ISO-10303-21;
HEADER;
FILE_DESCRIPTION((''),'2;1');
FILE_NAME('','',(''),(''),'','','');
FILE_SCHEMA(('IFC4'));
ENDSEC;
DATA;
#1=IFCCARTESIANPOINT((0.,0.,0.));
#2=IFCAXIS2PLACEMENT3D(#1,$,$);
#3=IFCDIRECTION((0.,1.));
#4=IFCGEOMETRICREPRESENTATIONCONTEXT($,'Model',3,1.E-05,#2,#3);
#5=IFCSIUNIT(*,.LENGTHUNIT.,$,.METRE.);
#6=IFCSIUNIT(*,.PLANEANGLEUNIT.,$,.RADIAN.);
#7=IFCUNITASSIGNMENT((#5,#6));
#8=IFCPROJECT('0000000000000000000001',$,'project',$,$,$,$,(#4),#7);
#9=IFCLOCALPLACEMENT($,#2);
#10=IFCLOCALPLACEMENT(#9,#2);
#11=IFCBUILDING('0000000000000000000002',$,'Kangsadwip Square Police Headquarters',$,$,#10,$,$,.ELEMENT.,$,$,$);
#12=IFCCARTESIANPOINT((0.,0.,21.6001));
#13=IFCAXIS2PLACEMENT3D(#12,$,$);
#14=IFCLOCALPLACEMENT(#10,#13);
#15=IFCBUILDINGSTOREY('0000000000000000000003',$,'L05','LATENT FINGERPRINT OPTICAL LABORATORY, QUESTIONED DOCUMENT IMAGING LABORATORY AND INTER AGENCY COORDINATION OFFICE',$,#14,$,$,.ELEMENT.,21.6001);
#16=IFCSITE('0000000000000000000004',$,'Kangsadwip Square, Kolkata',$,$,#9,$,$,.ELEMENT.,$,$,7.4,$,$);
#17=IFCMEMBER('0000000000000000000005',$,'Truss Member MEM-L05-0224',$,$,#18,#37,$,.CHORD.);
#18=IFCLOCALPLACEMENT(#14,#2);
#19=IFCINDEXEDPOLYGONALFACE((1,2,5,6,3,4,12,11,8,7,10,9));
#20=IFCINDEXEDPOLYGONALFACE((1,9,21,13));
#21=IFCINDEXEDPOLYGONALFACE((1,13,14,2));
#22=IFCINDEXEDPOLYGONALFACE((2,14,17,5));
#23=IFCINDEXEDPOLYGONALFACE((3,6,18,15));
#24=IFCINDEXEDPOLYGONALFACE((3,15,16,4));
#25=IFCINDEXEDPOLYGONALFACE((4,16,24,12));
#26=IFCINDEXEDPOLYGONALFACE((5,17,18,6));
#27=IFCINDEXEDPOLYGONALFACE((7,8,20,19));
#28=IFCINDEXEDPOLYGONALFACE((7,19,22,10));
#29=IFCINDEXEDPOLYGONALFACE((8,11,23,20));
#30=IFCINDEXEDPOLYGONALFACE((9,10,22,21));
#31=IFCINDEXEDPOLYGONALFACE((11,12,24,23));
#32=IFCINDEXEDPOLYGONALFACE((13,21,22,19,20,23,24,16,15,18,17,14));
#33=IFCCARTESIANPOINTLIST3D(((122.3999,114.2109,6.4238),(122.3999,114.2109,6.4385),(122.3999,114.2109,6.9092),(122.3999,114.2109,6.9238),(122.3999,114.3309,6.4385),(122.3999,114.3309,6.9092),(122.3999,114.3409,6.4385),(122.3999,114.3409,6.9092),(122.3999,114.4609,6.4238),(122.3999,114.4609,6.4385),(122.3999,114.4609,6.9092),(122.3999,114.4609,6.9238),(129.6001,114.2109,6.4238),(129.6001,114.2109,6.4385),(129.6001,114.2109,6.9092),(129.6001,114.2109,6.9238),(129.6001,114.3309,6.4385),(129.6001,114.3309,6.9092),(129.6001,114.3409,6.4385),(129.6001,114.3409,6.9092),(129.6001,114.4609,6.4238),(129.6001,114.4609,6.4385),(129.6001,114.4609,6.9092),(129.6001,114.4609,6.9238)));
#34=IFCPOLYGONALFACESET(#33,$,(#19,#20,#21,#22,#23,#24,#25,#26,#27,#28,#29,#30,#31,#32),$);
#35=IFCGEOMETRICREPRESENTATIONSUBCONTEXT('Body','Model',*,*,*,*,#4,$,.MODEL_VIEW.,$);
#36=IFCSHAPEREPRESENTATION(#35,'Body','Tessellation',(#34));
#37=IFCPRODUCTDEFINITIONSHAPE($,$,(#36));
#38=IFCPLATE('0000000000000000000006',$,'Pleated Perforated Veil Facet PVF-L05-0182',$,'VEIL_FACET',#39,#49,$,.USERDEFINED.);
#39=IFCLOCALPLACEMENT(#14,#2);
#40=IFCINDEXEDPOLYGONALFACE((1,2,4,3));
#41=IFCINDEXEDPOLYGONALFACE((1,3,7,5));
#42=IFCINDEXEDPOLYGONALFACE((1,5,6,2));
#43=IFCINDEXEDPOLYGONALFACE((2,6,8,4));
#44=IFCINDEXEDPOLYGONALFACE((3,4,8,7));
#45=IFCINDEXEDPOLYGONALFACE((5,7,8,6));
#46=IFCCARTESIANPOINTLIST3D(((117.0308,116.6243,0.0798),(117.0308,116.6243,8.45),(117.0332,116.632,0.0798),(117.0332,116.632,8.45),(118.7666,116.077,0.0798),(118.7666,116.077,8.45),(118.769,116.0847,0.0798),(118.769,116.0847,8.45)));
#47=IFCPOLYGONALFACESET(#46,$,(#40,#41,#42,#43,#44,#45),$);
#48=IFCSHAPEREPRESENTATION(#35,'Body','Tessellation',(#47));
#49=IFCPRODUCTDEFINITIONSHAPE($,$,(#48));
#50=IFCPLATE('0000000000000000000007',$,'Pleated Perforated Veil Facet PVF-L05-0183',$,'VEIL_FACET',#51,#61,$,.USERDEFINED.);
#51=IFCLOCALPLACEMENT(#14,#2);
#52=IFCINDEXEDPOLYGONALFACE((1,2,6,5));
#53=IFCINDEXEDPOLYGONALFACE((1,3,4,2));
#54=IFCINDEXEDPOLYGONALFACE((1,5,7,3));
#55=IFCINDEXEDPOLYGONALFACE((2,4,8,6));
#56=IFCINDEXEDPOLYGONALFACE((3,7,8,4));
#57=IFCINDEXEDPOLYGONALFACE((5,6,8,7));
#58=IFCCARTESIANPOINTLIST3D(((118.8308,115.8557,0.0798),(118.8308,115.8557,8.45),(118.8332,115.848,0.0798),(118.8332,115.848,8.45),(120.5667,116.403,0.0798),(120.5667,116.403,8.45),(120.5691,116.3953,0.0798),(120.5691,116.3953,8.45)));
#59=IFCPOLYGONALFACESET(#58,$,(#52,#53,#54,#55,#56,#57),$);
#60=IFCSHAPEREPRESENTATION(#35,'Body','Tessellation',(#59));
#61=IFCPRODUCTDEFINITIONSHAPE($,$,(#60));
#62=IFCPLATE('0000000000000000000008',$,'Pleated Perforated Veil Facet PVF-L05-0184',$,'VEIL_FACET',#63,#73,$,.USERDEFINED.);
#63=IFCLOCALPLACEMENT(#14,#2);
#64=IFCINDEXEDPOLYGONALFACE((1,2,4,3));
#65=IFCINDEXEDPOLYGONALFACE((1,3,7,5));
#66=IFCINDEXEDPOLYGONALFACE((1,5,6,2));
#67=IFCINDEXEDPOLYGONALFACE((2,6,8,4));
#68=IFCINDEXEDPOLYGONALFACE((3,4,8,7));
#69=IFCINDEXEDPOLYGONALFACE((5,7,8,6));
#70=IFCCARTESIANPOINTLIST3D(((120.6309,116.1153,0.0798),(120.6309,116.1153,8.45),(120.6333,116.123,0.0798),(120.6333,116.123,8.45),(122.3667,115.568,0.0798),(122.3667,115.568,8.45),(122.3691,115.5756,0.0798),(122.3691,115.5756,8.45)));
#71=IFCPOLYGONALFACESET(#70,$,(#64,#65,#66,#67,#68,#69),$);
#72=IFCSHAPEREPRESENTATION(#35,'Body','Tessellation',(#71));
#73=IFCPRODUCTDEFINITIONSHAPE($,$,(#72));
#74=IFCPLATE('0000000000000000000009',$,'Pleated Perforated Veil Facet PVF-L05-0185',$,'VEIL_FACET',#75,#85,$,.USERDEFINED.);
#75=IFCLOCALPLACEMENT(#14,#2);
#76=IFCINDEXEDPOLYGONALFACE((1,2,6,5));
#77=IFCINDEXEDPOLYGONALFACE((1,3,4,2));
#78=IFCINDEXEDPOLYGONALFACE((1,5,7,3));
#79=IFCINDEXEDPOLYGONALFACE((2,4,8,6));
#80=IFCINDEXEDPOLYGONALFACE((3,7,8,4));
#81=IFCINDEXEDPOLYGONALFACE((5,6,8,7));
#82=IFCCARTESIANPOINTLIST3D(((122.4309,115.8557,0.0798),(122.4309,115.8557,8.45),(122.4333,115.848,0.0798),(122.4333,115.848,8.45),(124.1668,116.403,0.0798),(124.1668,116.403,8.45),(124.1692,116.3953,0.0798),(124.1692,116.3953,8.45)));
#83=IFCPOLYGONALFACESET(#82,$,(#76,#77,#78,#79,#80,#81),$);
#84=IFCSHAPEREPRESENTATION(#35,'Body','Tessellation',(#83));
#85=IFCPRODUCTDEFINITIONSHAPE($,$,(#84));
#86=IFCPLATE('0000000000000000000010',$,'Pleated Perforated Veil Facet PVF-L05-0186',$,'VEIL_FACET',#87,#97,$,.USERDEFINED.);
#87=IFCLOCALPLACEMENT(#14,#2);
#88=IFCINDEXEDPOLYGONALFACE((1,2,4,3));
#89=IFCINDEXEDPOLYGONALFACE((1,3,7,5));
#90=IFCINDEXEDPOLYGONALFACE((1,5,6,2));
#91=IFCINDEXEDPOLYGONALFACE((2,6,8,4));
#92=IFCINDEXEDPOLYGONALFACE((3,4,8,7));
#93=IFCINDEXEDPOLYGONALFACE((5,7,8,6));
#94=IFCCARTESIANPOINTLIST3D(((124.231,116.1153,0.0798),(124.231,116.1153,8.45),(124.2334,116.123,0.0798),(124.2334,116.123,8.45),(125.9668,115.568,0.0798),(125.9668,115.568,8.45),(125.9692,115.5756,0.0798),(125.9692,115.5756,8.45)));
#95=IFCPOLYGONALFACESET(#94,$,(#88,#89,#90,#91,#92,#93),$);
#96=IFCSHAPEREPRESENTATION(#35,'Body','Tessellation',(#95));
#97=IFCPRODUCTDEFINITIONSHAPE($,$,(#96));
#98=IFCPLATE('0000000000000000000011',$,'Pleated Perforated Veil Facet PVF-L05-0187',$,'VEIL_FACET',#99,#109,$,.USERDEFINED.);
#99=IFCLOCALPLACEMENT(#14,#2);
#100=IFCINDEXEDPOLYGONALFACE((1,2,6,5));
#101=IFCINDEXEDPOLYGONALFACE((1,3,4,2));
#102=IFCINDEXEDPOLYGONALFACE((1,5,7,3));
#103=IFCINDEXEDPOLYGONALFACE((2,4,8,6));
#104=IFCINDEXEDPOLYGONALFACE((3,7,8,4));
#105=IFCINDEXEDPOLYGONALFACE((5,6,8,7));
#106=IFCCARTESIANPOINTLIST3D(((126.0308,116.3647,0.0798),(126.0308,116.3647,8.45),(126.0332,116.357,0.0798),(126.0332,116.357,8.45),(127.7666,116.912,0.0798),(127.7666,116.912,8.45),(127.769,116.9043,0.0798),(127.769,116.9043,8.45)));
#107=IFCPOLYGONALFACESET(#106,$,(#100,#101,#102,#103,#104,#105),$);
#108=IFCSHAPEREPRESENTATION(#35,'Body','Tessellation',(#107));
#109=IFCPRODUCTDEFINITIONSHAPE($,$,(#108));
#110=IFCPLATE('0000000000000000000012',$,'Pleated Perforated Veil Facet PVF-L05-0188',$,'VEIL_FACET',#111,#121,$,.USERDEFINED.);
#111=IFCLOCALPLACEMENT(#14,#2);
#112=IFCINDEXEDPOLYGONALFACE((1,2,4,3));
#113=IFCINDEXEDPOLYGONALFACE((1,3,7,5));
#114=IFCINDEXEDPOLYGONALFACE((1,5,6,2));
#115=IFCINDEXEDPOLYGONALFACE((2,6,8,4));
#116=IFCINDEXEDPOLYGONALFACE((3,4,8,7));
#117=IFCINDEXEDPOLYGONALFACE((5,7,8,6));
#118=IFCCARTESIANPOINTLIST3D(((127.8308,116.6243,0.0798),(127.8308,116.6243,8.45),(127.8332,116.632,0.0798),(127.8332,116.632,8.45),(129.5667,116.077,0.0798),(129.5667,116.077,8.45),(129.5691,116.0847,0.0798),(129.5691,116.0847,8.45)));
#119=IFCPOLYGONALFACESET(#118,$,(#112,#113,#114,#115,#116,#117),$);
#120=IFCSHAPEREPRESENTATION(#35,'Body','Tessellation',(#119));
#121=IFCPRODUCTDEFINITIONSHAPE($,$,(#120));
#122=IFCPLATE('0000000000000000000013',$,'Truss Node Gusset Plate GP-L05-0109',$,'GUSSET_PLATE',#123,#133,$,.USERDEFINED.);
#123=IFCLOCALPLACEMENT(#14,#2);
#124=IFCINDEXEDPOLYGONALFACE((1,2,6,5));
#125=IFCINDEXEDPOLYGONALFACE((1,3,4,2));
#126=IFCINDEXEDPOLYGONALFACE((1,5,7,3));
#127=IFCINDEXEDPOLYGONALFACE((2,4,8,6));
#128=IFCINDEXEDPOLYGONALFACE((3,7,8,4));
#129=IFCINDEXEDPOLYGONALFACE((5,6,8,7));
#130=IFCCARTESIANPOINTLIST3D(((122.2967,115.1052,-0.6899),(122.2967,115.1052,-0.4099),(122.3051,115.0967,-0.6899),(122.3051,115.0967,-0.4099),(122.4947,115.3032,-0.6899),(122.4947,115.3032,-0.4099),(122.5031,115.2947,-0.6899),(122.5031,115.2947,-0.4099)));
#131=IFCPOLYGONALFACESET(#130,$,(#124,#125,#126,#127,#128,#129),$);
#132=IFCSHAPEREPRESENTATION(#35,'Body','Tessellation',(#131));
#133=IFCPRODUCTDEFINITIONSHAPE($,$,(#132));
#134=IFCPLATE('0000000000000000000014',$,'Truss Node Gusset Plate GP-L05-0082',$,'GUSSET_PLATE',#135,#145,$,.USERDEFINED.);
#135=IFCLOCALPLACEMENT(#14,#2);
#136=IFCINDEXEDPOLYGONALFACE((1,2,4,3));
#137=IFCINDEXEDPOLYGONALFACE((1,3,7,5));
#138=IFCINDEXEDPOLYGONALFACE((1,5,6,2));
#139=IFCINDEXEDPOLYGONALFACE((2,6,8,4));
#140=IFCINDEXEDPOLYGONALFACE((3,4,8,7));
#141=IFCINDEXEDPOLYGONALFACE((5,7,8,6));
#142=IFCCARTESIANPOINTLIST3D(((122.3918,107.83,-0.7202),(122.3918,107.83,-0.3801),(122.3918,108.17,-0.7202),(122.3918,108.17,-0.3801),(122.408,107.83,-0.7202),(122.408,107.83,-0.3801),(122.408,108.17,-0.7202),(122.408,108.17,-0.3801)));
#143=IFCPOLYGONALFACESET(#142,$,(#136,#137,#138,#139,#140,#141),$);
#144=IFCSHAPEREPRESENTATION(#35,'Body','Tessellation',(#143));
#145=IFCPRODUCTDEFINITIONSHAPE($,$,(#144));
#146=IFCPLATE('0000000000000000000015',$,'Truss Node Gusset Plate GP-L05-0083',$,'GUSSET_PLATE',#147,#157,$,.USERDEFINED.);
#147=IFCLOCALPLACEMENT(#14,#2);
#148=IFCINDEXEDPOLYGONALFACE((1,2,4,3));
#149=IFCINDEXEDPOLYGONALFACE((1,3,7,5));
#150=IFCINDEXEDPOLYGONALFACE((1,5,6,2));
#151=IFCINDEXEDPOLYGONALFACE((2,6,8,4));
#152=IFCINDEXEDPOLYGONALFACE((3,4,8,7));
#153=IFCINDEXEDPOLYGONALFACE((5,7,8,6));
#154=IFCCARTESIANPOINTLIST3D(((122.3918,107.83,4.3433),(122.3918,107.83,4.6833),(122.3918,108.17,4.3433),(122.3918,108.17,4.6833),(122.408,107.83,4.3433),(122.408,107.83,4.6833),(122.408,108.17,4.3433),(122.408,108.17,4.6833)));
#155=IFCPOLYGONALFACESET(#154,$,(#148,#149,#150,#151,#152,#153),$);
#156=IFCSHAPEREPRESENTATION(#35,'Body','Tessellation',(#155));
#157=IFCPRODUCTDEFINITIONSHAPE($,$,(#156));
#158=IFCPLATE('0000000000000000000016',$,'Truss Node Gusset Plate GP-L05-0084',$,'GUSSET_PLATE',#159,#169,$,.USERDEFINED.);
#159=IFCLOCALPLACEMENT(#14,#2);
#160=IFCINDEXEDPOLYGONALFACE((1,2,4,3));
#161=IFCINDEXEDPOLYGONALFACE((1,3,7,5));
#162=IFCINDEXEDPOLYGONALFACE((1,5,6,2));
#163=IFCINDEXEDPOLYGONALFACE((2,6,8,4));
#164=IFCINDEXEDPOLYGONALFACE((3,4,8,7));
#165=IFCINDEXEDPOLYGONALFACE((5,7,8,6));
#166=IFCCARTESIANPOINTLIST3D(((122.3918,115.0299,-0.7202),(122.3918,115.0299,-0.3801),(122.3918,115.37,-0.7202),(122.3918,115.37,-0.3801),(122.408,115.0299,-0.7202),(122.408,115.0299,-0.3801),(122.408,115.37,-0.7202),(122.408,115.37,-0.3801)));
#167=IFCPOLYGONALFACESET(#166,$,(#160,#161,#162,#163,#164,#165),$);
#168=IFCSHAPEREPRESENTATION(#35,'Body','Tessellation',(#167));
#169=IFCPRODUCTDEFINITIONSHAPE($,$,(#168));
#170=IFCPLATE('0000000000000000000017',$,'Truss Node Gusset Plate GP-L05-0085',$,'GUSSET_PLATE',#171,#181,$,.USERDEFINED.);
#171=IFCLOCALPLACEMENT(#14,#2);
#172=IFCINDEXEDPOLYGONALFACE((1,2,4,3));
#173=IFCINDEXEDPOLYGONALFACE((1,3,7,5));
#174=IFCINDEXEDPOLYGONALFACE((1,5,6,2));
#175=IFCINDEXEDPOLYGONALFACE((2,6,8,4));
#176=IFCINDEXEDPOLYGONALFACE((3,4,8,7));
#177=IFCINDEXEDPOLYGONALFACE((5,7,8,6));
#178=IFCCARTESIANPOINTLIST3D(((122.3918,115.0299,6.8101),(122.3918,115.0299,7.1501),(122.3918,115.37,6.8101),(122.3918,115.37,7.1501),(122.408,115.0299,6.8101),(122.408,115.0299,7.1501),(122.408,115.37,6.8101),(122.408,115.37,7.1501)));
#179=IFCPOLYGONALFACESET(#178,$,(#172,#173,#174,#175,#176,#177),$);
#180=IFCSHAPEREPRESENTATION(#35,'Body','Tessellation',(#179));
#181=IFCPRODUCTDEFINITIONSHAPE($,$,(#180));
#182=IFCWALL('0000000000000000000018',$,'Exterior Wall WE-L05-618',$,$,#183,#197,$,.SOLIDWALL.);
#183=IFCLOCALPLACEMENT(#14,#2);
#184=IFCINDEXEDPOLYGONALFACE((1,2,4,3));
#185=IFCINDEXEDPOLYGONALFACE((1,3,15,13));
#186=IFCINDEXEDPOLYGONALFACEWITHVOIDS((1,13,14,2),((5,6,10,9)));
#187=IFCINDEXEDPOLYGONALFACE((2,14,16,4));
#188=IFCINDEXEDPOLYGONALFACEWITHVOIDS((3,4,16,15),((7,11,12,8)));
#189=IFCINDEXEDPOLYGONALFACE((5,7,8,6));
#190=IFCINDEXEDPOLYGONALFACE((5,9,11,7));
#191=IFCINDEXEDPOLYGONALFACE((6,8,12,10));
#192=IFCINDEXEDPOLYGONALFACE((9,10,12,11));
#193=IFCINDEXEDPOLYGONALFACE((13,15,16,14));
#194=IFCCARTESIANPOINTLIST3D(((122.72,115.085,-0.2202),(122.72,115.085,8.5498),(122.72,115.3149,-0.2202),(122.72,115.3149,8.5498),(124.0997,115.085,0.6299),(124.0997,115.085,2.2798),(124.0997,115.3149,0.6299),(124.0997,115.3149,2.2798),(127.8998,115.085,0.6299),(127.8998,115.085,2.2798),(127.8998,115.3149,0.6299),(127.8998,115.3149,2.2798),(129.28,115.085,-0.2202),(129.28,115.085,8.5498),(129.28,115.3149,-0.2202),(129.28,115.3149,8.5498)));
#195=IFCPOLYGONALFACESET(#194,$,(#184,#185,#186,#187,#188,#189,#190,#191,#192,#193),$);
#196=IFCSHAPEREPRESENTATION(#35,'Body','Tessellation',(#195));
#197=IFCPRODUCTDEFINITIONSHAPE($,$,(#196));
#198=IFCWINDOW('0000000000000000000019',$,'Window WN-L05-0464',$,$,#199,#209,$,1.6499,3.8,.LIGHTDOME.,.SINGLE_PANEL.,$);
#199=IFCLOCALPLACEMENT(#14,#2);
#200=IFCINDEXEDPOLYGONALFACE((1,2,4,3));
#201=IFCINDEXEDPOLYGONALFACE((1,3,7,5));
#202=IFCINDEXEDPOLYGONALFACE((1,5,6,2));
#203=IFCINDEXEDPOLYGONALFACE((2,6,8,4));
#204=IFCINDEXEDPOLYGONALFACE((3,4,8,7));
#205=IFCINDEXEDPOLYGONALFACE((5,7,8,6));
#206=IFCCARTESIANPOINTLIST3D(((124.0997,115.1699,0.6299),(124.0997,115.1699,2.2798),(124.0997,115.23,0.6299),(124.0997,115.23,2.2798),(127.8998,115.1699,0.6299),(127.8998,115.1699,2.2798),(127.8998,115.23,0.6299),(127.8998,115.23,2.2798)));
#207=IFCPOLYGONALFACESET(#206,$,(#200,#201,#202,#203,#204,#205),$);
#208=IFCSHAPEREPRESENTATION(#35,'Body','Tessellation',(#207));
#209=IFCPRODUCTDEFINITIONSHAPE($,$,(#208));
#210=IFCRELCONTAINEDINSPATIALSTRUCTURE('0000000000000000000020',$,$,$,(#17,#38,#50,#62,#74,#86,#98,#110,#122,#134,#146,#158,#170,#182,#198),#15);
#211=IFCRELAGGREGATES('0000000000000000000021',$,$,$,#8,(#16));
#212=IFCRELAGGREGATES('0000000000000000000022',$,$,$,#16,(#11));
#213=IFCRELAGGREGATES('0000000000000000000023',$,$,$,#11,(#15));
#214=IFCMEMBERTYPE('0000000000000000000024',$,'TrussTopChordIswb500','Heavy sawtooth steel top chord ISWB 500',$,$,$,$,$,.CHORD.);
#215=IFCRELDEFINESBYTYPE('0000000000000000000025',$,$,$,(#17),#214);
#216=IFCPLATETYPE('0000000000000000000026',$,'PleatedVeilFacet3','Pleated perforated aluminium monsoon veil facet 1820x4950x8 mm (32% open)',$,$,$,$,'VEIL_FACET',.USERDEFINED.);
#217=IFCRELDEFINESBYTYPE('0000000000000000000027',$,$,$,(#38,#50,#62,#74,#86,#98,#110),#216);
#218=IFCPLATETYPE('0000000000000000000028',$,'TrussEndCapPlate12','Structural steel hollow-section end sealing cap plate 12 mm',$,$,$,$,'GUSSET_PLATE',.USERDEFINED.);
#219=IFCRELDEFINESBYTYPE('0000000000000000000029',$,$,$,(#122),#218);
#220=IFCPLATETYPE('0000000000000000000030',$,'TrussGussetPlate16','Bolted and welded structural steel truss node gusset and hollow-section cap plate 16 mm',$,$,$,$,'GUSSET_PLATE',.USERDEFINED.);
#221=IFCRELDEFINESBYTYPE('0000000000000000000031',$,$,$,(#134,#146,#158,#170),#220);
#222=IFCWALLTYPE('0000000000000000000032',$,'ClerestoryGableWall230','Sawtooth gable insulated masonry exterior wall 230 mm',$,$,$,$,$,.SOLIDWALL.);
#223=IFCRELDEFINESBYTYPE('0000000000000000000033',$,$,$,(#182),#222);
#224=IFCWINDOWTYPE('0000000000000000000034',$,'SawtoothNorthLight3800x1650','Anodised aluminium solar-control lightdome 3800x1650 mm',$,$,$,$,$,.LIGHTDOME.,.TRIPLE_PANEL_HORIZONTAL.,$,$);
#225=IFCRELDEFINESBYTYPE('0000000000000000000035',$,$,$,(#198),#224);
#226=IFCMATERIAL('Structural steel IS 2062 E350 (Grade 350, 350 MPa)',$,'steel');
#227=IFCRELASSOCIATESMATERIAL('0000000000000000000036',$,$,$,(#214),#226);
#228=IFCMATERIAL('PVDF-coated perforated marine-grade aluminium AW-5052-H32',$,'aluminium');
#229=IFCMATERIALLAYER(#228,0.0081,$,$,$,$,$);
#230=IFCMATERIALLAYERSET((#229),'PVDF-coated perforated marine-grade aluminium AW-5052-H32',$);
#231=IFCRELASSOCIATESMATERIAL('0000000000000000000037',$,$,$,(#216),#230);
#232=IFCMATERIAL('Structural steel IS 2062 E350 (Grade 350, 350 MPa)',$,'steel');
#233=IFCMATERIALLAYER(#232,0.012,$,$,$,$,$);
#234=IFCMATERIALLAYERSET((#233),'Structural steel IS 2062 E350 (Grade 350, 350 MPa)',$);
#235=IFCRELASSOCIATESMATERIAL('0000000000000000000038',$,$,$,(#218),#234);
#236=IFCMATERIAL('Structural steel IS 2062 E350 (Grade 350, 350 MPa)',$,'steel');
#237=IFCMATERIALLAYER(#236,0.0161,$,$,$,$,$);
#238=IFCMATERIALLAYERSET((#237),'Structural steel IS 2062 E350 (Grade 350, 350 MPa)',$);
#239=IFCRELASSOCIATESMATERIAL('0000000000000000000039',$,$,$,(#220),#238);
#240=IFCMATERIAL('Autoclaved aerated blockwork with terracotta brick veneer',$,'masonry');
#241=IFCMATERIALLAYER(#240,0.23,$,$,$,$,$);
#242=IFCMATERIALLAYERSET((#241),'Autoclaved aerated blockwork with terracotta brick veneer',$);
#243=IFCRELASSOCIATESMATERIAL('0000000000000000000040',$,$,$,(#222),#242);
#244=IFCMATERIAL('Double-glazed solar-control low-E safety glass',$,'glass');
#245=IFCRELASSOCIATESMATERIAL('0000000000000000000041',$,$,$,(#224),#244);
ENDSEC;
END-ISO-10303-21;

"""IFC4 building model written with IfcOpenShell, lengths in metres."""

from ifc_helpers import new_model, si_unit, direction, frame, frame_2d, origin, origin_2d, place, context, subcontext, project, spatial, rectangle, i_section, extrude, material, layer, layer_set, material_profile, profile_set, type_object, element, fill, save


model = new_model("IFC4")

# Units and contexts
model_context = context("Model", 3, precision=1e-05, world=origin(), true_north=direction((0.0, 1.0)))
body_context = subcontext(model_context, "Body", "Model", "MODEL_VIEW")
ifc_project = project(units=[si_unit("LENGTHUNIT", "METRE"), si_unit("PLANEANGLEUNIT", "RADIAN")], contexts=[model_context])

# Site, building, storey
site_placement = place(None, origin())
site = spatial("IfcSite", under=ifc_project, at=site_placement, Name="Kangsadwip Square, Kolkata", CompositionType="ELEMENT", RefElevation=7.4)
building_placement = place(site_placement, origin())
building = spatial("IfcBuilding", under=site, at=building_placement, Name="Kangsadwip Square Police Headquarters", CompositionType="ELEMENT")
storey_placement = place(building_placement, frame((0.0, 0.0, 21.6001)))
storey = spatial("IfcBuildingStorey", under=building, at=storey_placement, Name="L05", Description="LATENT FINGERPRINT OPTICAL LABORATORY, QUESTIONED DOCUMENT IMAGING LABORATORY AND INTER AGENCY COORDINATION OFFICE", CompositionType="ELEMENT", Elevation=21.6001)

# Member
ifc_material_1 = material(Name="Structural steel IS 2062 E350 (Grade 350, 350 MPa)", Category="steel")
ifc_material_profile_1 = material_profile(ifc_material_1, i_section(OverallWidth=0.25, OverallDepth=0.5, WebThickness=0.01, FlangeThickness=0.0146, at=origin_2d()), Name="ISWB 500")
ifc_profile_set_1 = profile_set([ifc_material_profile_1], Name="Structural steel IS 2062 E350 (Grade 350, 350 MPa)")
member_type_1 = type_object("IfcMemberType", Name="TrussTopChordIswb500", Description="Heavy sawtooth steel top chord ISWB 500", PredefinedType="CHORD", material=ifc_profile_set_1)
member_1_placement = place(storey_placement, frame((122.3999, 114.3359, 6.6738), z_axis=(1.0, 0.0, 0.0), x_axis=(0.0, 1.0, 0.0)))
element("IfcMember", 1, at=member_1_placement, inside=storey, type_object=member_type_1, Name="Truss Member MEM-L05-0224", PredefinedType="CHORD", context=body_context, shape_type="SweptSolid", body=[
    extrude(i_section(OverallWidth=0.25, OverallDepth=0.5, WebThickness=0.01, FlangeThickness=0.0146, at=origin_2d()), origin(), (0.0, 0.0, 1.0), 7.2002),
])

# Plates
ifc_material_2 = material(Name="PVDF-coated perforated marine-grade aluminium AW-5052-H32", Category="aluminium")
ifc_layer_1 = layer(ifc_material_2, 0.0081)
ifc_layer_set_1 = layer_set([ifc_layer_1], Name="PVDF-coated perforated marine-grade aluminium AW-5052-H32")
plate_type_1 = type_object("IfcPlateType", Name="PleatedVeilFacet3", Description="Pleated perforated aluminium monsoon veil facet 1820x4950x8 mm (32% open)", ElementType="VEIL_FACET", PredefinedType="USERDEFINED", material=ifc_layer_set_1)
for number, where, z_axis, x_axis, name in (
    (2, (117.8999, 116.3545, 0.0798), (0.0, 0.0, 1.0), (0.953717, -0.300706, 0.0), "Pleated Perforated Veil Facet PVF-L05-0182"),
    (3, (119.7, 116.1255, 0.0798), (0.0, 0.0, 1.0), (0.953717, 0.300706, 0.0), "Pleated Perforated Veil Facet PVF-L05-0183"),
    (4, (121.5, 115.8455, 0.0798), (0.0, 0.0, 1.0), (0.953717, -0.300706, 0.0), "Pleated Perforated Veil Facet PVF-L05-0184"),
    (5, (123.3, 116.1255, 0.0798), (0.0, 0.0, 1.0), (0.953717, 0.300706, 0.0), "Pleated Perforated Veil Facet PVF-L05-0185"),
    (6, (125.1001, 115.8455, 0.0798), (0.0, 0.0, 1.0), (0.953717, -0.300706, 0.0), "Pleated Perforated Veil Facet PVF-L05-0186"),
    (7, (126.8999, 116.6345, 0.0798), (0.0, 0.0, 1.0), (0.953717, 0.300706, 0.0), "Pleated Perforated Veil Facet PVF-L05-0187"),
    (8, (128.7, 116.3545, 0.0798), (0.0, 0.0, 1.0), (0.953717, -0.300706, 0.0), "Pleated Perforated Veil Facet PVF-L05-0188"),
):
    element("IfcPlate", number, at=place(storey_placement, frame(where, z_axis=z_axis, x_axis=x_axis)), inside=storey, type_object=plate_type_1, Name=name, ObjectType="VEIL_FACET", PredefinedType="USERDEFINED", context=body_context, shape_type="SweptSolid", body=[
        extrude(rectangle(XDim=1.8201, YDim=0.0081, at=origin_2d()), origin(), (0.0, 0.0, 1.0), 8.3701),
    ])
ifc_material_3 = material(Name="Structural steel IS 2062 E350 (Grade 350, 350 MPa)", Category="steel")
ifc_layer_2 = layer(ifc_material_3, 0.012)
ifc_layer_set_2 = layer_set([ifc_layer_2], Name="Structural steel IS 2062 E350 (Grade 350, 350 MPa)")
plate_type_2 = type_object("IfcPlateType", Name="TrussEndCapPlate12", Description="Structural steel hollow-section end sealing cap plate 12 mm", ElementType="GUSSET_PLATE", PredefinedType="USERDEFINED", material=ifc_layer_set_2)
plate_placement = place(storey_placement, frame((122.3999, 115.2, -0.6899), z_axis=(0.0, 0.0, 1.0), x_axis=(0.707107, 0.707107, 0.0)))
element("IfcPlate", 9, at=plate_placement, inside=storey, type_object=plate_type_2, Name="Truss Node Gusset Plate GP-L05-0109", ObjectType="GUSSET_PLATE", PredefinedType="USERDEFINED", context=body_context, shape_type="SweptSolid", body=[
    extrude(rectangle(XDim=0.28, YDim=0.012, at=origin_2d()), origin(), (0.0, 0.0, 1.0), 0.28),
])
ifc_material_4 = material(Name="Structural steel IS 2062 E350 (Grade 350, 350 MPa)", Category="steel")
ifc_layer_3 = layer(ifc_material_4, 0.0161)
ifc_layer_set_3 = layer_set([ifc_layer_3], Name="Structural steel IS 2062 E350 (Grade 350, 350 MPa)")
plate_type_3 = type_object("IfcPlateType", Name="TrussGussetPlate16", Description="Bolted and welded structural steel truss node gusset and hollow-section cap plate 16 mm", ElementType="GUSSET_PLATE", PredefinedType="USERDEFINED", material=ifc_layer_set_3)
for number, where, z_axis, x_axis, name in (
    (10, (122.3999, 108.0, -0.7202), (0.0, 0.0, 1.0), (0.0, 1.0, 0.0), "Truss Node Gusset Plate GP-L05-0082"),
    (11, (122.3999, 108.0, 4.3433), (0.0, 0.0, 1.0), (0.0, 1.0, 0.0), "Truss Node Gusset Plate GP-L05-0083"),
    (12, (122.3999, 115.2, -0.7202), (0.0, 0.0, 1.0), (0.0, 1.0, 0.0), "Truss Node Gusset Plate GP-L05-0084"),
    (13, (122.3999, 115.2, 6.8101), (0.0, 0.0, 1.0), (0.0, 1.0, 0.0), "Truss Node Gusset Plate GP-L05-0085"),
):
    element("IfcPlate", number, at=place(storey_placement, frame(where, z_axis=z_axis, x_axis=x_axis)), inside=storey, type_object=plate_type_3, Name=name, ObjectType="GUSSET_PLATE", PredefinedType="USERDEFINED", context=body_context, shape_type="SweptSolid", body=[
        extrude(rectangle(XDim=0.3401, YDim=0.0161, at=origin_2d()), origin(), (0.0, 0.0, 1.0), 0.3401),
    ])

# Wall, opening, window
ifc_material_5 = material(Name="Autoclaved aerated blockwork with terracotta brick veneer", Category="masonry")
ifc_layer_4 = layer(ifc_material_5, 0.23)
ifc_layer_set_4 = layer_set([ifc_layer_4], Name="Autoclaved aerated blockwork with terracotta brick veneer")
wall_type = type_object("IfcWallType", Name="ClerestoryGableWall230", Description="Sawtooth gable insulated masonry exterior wall 230 mm", PredefinedType="SOLIDWALL", material=ifc_layer_set_4)
wall_placement = place(storey_placement, frame((122.72, 115.2, -0.2202), z_axis=(0.0, 0.0, 1.0), x_axis=(1.0, 0.0, 0.0)))
wall = element("IfcWall", 14, at=wall_placement, inside=storey, type_object=wall_type, Name="Exterior Wall WE-L05-618", PredefinedType="SOLIDWALL", context=body_context, shape_type="SweptSolid", body=[
    extrude(rectangle(XDim=6.5601, YDim=0.23, at=frame_2d((3.28, 0.0))), origin(), (0.0, 0.0, 1.0), 8.77),
])
opening_placement = place(wall_placement, frame((1.3799, 0.0, 0.8501)))
opening = element("IfcOpeningElement", 15, at=opening_placement, cuts=wall, PredefinedType="OPENING", context=body_context, shape_type="SweptSolid", body=[
    extrude(rectangle(XDim=3.8, YDim=1.6499, at=frame_2d((1.8999, 0.825))), frame((0.0, 0.125, 0.0), z_axis=(0.0, -1.0, 0.0), x_axis=(1.0, 0.0, 0.0)), (0.0, 0.0, 1.0), 0.25),
])
ifc_material_6 = material(Name="Double-glazed solar-control low-E safety glass", Category="glass")
window_type = type_object("IfcWindowType", Name="SawtoothNorthLight3800x1650", Description="Anodised aluminium solar-control lightdome 3800x1650 mm", PartitioningType="TRIPLE_PANEL_HORIZONTAL", PredefinedType="LIGHTDOME", material=ifc_material_6)
window_placement = place(opening_placement, origin())
window = element("IfcWindow", 16, at=window_placement, inside=storey, type_object=window_type, Name="Window WN-L05-0464", OverallHeight=1.6499, OverallWidth=3.8, PartitioningType="SINGLE_PANEL", PredefinedType="LIGHTDOME", context=body_context, shape_type="SweptSolid", body=[
    extrude(rectangle(XDim=3.8, YDim=1.6499, at=frame_2d((1.8999, 0.825))), frame((0.0, 0.03, 0.0), z_axis=(0.0, -1.0, 0.0), x_axis=(1.0, 0.0, 0.0)), (0.0, 0.0, 1.0), 0.0601),
])
fill(opening, window)

save(model, "model.ifc")
